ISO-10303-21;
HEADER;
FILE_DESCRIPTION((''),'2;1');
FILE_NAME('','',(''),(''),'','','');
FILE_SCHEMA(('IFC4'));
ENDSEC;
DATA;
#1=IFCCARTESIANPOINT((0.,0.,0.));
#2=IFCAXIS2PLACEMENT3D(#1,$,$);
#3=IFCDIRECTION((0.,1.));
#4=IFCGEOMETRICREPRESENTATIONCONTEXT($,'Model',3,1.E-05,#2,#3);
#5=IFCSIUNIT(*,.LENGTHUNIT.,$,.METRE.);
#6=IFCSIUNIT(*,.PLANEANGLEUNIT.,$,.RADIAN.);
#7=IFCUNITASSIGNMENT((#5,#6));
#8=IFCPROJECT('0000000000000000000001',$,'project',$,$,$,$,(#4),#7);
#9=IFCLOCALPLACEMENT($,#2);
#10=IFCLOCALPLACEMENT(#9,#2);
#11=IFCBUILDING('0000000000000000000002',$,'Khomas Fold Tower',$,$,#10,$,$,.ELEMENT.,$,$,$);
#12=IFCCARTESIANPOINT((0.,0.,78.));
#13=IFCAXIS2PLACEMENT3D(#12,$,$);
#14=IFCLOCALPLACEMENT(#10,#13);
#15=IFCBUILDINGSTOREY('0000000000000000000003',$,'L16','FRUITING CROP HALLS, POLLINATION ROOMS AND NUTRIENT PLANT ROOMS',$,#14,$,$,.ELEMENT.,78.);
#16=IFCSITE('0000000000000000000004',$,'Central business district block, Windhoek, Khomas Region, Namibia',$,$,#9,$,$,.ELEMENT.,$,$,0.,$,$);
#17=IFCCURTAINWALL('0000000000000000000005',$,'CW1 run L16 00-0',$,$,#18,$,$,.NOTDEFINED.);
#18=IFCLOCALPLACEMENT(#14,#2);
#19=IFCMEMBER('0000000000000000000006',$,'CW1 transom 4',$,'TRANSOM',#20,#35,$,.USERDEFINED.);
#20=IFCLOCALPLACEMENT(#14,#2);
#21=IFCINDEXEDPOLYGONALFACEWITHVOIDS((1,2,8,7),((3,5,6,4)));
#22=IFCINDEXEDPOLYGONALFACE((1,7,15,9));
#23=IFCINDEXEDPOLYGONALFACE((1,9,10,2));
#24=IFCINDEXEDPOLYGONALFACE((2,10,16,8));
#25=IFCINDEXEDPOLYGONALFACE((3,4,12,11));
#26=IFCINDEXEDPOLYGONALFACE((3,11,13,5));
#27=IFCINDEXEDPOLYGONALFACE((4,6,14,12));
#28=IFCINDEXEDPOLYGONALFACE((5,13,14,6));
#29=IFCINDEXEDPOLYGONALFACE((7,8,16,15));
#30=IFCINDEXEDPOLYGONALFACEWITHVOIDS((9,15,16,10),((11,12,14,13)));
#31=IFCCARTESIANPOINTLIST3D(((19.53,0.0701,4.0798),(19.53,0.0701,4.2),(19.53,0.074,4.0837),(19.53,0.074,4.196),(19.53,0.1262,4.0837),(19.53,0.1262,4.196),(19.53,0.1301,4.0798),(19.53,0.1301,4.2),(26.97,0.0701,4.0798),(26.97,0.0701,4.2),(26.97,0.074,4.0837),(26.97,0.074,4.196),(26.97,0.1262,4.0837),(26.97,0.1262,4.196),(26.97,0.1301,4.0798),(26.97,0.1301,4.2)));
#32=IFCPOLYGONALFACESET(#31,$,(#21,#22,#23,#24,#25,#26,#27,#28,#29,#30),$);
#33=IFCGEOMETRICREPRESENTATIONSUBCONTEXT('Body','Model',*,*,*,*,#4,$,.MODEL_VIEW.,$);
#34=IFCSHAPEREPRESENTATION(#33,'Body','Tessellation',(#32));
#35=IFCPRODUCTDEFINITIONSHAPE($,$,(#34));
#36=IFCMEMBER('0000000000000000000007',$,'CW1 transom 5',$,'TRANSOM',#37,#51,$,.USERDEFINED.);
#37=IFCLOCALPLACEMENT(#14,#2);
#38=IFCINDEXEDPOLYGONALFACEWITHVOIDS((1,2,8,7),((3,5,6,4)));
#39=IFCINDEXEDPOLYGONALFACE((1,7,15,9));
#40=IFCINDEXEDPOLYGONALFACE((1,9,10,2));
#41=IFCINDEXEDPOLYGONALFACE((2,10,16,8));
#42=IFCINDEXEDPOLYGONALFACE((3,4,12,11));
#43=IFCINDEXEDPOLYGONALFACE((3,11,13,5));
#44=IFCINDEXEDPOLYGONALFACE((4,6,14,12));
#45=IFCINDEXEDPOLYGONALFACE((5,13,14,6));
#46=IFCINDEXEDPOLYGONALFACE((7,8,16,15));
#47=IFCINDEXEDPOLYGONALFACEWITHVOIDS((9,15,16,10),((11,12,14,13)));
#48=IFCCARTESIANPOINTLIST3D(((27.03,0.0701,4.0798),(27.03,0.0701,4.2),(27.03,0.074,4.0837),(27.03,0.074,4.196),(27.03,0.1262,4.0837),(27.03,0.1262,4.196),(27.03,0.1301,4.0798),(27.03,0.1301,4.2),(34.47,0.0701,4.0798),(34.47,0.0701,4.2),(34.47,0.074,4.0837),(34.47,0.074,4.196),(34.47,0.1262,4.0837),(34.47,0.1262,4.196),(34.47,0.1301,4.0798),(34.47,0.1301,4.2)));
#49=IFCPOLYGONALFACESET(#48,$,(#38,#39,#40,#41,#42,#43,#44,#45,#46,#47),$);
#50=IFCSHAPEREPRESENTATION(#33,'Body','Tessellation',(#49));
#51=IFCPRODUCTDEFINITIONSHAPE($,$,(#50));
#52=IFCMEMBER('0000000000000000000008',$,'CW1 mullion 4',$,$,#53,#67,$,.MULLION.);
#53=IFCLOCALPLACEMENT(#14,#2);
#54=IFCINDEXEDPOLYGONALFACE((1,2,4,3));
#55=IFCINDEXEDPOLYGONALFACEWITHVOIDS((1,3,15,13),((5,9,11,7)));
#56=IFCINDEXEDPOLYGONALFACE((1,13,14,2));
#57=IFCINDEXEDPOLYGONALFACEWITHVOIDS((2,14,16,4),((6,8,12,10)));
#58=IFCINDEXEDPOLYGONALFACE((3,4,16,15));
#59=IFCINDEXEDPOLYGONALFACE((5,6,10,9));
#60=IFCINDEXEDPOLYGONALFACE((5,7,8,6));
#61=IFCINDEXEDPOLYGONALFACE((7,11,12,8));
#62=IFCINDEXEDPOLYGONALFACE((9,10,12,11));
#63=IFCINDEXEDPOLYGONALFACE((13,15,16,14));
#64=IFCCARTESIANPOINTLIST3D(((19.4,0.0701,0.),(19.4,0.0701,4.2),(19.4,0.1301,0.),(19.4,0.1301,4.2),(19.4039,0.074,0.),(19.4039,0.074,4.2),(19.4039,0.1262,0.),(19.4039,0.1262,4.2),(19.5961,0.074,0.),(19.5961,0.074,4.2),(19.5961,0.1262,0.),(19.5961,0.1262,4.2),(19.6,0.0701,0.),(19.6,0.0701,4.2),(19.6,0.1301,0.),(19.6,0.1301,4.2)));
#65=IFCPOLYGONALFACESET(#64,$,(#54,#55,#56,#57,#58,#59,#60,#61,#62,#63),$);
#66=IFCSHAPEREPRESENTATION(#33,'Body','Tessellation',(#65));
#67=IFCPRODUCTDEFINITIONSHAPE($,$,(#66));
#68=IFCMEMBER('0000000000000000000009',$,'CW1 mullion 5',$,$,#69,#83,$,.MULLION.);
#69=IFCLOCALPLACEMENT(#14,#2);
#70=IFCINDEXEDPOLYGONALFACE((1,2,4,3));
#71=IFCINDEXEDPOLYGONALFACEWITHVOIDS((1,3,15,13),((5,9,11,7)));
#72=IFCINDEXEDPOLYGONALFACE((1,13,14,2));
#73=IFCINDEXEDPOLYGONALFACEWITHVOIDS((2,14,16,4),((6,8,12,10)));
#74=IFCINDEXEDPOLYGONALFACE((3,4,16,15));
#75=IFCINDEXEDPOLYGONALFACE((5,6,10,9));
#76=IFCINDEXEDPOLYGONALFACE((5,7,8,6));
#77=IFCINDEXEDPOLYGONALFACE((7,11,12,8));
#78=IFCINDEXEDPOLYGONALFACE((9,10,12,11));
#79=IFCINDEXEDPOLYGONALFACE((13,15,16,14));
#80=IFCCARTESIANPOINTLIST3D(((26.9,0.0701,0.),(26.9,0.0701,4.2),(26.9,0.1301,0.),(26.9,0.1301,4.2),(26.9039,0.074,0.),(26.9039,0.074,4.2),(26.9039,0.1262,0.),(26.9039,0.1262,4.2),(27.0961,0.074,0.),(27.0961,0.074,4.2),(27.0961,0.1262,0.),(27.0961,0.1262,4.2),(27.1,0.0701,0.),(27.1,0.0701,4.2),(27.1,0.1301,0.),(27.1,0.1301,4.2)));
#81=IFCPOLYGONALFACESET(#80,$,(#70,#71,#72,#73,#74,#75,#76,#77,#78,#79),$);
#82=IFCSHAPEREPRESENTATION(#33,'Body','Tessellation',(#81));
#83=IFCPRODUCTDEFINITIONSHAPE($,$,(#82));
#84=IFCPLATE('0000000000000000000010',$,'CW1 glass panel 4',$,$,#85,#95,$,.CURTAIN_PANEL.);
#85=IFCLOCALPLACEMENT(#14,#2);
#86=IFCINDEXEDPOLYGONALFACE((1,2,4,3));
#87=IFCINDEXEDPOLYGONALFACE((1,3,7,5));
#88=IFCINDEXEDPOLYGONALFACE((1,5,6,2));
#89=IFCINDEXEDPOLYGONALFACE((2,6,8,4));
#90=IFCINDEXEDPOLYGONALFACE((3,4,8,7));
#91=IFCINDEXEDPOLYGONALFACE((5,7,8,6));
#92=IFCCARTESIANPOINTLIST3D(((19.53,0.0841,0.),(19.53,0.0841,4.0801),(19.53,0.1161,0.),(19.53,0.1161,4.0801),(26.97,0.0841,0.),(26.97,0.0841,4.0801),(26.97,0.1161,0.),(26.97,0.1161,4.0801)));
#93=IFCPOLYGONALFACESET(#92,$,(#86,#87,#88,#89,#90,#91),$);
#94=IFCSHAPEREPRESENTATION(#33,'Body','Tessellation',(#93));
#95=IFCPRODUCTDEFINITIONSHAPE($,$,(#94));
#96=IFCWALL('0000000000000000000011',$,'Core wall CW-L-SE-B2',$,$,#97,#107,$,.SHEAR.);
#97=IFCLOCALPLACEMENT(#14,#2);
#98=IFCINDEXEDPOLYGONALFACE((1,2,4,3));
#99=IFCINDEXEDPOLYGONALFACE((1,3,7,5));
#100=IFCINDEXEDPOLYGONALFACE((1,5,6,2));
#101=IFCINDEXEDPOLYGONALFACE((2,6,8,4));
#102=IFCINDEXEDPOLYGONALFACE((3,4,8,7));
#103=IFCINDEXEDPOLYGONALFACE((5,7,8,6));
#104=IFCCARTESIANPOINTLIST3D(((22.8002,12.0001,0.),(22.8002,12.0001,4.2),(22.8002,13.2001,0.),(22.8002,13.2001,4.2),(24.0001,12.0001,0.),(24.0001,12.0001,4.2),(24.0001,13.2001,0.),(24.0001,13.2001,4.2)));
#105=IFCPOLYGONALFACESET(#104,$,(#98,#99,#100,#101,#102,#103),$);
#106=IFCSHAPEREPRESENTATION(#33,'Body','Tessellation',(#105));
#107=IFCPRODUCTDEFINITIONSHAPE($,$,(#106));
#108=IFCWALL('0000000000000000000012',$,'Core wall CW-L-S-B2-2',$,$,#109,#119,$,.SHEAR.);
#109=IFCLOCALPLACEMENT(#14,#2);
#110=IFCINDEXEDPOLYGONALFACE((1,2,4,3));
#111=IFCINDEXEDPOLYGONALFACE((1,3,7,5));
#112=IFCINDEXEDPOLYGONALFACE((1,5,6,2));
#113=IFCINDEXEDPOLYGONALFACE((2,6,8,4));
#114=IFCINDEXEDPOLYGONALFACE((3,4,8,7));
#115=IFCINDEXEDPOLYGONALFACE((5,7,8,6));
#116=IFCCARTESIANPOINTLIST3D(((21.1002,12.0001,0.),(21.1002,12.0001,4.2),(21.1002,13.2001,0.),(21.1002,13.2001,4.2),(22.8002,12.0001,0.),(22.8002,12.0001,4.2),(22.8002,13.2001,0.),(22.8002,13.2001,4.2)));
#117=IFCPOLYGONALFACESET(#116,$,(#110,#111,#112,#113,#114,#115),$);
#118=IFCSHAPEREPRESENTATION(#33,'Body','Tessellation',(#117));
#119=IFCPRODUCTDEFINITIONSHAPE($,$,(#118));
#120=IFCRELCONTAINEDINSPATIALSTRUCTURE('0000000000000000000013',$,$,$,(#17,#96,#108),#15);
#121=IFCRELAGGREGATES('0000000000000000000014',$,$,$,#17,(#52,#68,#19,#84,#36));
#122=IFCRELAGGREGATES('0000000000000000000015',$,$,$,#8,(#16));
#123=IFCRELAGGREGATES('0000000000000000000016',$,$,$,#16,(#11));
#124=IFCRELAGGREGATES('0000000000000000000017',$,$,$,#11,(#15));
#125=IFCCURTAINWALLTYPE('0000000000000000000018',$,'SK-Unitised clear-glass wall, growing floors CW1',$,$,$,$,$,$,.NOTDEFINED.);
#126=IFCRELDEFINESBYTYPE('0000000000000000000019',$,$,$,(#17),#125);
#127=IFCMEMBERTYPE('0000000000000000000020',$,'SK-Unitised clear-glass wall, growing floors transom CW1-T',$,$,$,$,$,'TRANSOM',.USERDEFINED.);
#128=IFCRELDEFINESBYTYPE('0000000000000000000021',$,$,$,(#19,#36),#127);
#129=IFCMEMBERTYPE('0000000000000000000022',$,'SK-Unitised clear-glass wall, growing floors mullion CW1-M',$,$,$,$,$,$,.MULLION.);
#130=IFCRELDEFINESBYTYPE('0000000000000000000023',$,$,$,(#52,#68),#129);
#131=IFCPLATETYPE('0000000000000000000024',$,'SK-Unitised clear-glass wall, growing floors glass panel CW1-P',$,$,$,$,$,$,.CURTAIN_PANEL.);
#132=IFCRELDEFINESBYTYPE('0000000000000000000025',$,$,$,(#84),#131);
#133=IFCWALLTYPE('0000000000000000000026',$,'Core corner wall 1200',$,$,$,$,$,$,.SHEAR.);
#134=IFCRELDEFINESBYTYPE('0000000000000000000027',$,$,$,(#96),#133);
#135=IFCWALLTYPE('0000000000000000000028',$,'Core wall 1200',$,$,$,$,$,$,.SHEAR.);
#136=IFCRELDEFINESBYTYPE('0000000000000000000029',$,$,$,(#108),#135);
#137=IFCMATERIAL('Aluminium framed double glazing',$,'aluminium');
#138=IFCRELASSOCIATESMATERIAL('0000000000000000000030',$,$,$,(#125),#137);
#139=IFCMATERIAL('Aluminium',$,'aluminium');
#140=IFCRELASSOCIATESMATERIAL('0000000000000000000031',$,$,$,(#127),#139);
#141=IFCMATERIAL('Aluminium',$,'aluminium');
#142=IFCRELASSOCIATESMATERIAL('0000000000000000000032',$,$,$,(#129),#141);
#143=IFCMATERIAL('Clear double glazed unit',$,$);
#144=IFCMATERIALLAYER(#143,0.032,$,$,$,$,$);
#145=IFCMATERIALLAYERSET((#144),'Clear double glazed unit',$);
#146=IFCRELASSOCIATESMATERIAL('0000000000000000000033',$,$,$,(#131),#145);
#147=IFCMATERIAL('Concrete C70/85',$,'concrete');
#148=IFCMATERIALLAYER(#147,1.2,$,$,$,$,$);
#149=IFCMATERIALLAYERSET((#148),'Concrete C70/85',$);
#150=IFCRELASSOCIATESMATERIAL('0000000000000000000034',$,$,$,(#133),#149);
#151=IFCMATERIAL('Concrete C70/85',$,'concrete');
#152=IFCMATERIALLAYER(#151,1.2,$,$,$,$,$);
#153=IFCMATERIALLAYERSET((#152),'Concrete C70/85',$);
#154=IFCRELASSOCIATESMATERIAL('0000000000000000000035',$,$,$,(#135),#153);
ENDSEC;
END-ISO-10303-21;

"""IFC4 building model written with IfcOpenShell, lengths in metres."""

from ifc_helpers import new_model, si_unit, direction, frame, frame_2d, origin, origin_2d, place, context, subcontext, project, spatial, rectangle, hollow_rectangle, extrude, source, transform, mapped, material, layer, layer_set, material_profile, profile_set, type_object, element, aggregate, save


model = new_model("IFC4")

# Units and contexts
model_context = context("Model", 3, precision=1e-05, world=origin(), true_north=direction((0.0, 1.0)))
body_context = subcontext(model_context, "Body", "Model", "MODEL_VIEW")
ifc_project = project(units=[si_unit("LENGTHUNIT", "METRE"), si_unit("PLANEANGLEUNIT", "RADIAN")], contexts=[model_context])

# Site, building, storey
site_placement = place(None, origin())
site = spatial("IfcSite", under=ifc_project, at=site_placement, Name="Central business district block, Windhoek, Khomas Region, Namibia", CompositionType="ELEMENT", RefElevation=0.0)
building_placement = place(site_placement, origin())
building = spatial("IfcBuilding", under=site, at=building_placement, Name="Khomas Fold Tower", CompositionType="ELEMENT")
storey_placement = place(building_placement, frame((0.0, 0.0, 78.0)))
storey = spatial("IfcBuildingStorey", under=building, at=storey_placement, Name="L16", Description="FRUITING CROP HALLS, POLLINATION ROOMS AND NUTRIENT PLANT ROOMS", CompositionType="ELEMENT", Elevation=78.0)

# Curtain wall, members, plate
ifc_material_1 = material(Name="Aluminium framed double glazing", Category="aluminium")
curtain_wall_type = type_object("IfcCurtainWallType", Name="SK-Unitised clear-glass wall, growing floors CW1", PredefinedType="NOTDEFINED", material=ifc_material_1)
curtain_wall_placement = place(storey_placement, origin())
curtain_wall = element("IfcCurtainWall", 1, at=curtain_wall_placement, inside=storey, type_object=curtain_wall_type, Name="CW1 run L16 00-0", PredefinedType="NOTDEFINED")
ifc_material_2 = material(Name="Aluminium", Category="aluminium")
ifc_material_profile_1 = material_profile(ifc_material_2, hollow_rectangle(XDim=0.0601, YDim=0.1201, WallThickness=0.0039, at=origin_2d()), Name="SK-Unitised clear-glass wall, growing floors transom CW1-T")
ifc_profile_set_1 = profile_set([ifc_material_profile_1], Name="Aluminium")
member_type_1 = type_object("IfcMemberType", Name="SK-Unitised clear-glass wall, growing floors transom CW1-T", ElementType="TRANSOM", PredefinedType="USERDEFINED", material=ifc_profile_set_1)
shared_shape_1 = source(origin(), body_context, "Body", "SweptSolid", [
    extrude(hollow_rectangle(XDim=0.0601, YDim=0.1201, WallThickness=0.0039, at=origin_2d()), origin(), (0.0, 0.0, 1.0), 7.4399),
])
member_1_placement = place(storey_placement, frame((19.53, 0.1001, 4.1399), z_axis=(1.0, 0.0, 0.0), x_axis=(0.0, 1.0, 0.0)))
member_1 = element("IfcMember", 2, at=member_1_placement, type_object=member_type_1, Name="CW1 transom 4", ObjectType="TRANSOM", PredefinedType="USERDEFINED", context=body_context, shape_type="MappedRepresentation", body=[
    mapped(shared_shape_1, transform((0.0, 0.0, 0.0))),
])
member_2_placement = place(storey_placement, frame((27.03, 0.1001, 4.1399), z_axis=(1.0, 0.0, 0.0), x_axis=(0.0, 1.0, 0.0)))
member_2 = element("IfcMember", 3, at=member_2_placement, type_object=member_type_1, Name="CW1 transom 5", ObjectType="TRANSOM", PredefinedType="USERDEFINED", context=body_context, shape_type="MappedRepresentation", body=[
    mapped(shared_shape_1, transform((0.0, 0.0, 0.0))),
])
ifc_material_3 = material(Name="Aluminium", Category="aluminium")
ifc_material_profile_2 = material_profile(ifc_material_3, hollow_rectangle(XDim=0.0601, YDim=0.2, WallThickness=0.0039, at=origin_2d()), Name="SK-Unitised clear-glass wall, growing floors mullion CW1-M")
ifc_profile_set_2 = profile_set([ifc_material_profile_2], Name="Aluminium")
member_type_2 = type_object("IfcMemberType", Name="SK-Unitised clear-glass wall, growing floors mullion CW1-M", PredefinedType="MULLION", material=ifc_profile_set_2)
shared_shape_2 = source(origin(), body_context, "Body", "SweptSolid", [
    extrude(hollow_rectangle(XDim=0.0601, YDim=0.2, WallThickness=0.0039, at=origin_2d()), origin(), (0.0, 0.0, 1.0), 4.2),
])
member_3_placement = place(storey_placement, frame((19.5, 0.1001, 0.0), z_axis=(0.0, 0.0, 1.0), x_axis=(0.0, 1.0, 0.0)))
member_3 = element("IfcMember", 4, at=member_3_placement, type_object=member_type_2, Name="CW1 mullion 4", PredefinedType="MULLION", context=body_context, shape_type="MappedRepresentation", body=[
    mapped(shared_shape_2, transform((0.0, 0.0, 0.0))),
])
member_4_placement = place(storey_placement, frame((27.0, 0.1001, 0.0), z_axis=(0.0, 0.0, 1.0), x_axis=(0.0, 1.0, 0.0)))
member_4 = element("IfcMember", 5, at=member_4_placement, type_object=member_type_2, Name="CW1 mullion 5", PredefinedType="MULLION", context=body_context, shape_type="MappedRepresentation", body=[
    mapped(shared_shape_2, transform((0.0, 0.0, 0.0))),
])
ifc_material_4 = material(Name="Clear double glazed unit")
ifc_layer_1 = layer(ifc_material_4, 0.032)
ifc_layer_set_1 = layer_set([ifc_layer_1], Name="Clear double glazed unit")
plate_type = type_object("IfcPlateType", Name="SK-Unitised clear-glass wall, growing floors glass panel CW1-P", PredefinedType="CURTAIN_PANEL", material=ifc_layer_set_1)
shared_shape_3 = source(origin(), body_context, "Body", "SweptSolid", [
    extrude(rectangle(XDim=7.4399, YDim=0.032, at=origin_2d()), origin(), (0.0, 0.0, 1.0), 4.0801),
])
plate_placement = place(storey_placement, frame((23.25, 0.1001, 0.0), z_axis=(0.0, 0.0, 1.0), x_axis=(1.0, 0.0, 0.0)))
plate = element("IfcPlate", 6, at=plate_placement, type_object=plate_type, Name="CW1 glass panel 4", PredefinedType="CURTAIN_PANEL", context=body_context, shape_type="MappedRepresentation", body=[
    mapped(shared_shape_3, transform((0.0, 0.0, 0.0))),
])
aggregate(curtain_wall, [member_3, member_4, member_1, plate, member_2])

# Walls
ifc_material_5 = material(Name="Concrete C70/85", Category="concrete")
ifc_layer_2 = layer(ifc_material_5, 1.2)
ifc_layer_set_2 = layer_set([ifc_layer_2], Name="Concrete C70/85")
wall_type_1 = type_object("IfcWallType", Name="Core corner wall 1200", PredefinedType="SHEAR", material=ifc_layer_set_2)
shared_shape_4 = source(origin(), body_context, "Body", "SweptSolid", [
    extrude(rectangle(XDim=1.2, YDim=1.2, at=frame_2d((0.6001, 0.0))), origin(), (0.0, 0.0, 1.0), 4.2),
])
wall_1_placement = place(storey_placement, frame((22.8, 12.6001, 0.0), z_axis=(0.0, 0.0, 1.0), x_axis=(1.0, 0.0, 0.0)))
element("IfcWall", 7, at=wall_1_placement, inside=storey, type_object=wall_type_1, Name="Core wall CW-L-SE-B2", PredefinedType="SHEAR", context=body_context, shape_type="MappedRepresentation", body=[
    mapped(shared_shape_4, transform((0.0, 0.0, 0.0))),
])
ifc_material_6 = material(Name="Concrete C70/85", Category="concrete")
ifc_layer_3 = layer(ifc_material_6, 1.2)
ifc_layer_set_3 = layer_set([ifc_layer_3], Name="Concrete C70/85")
wall_type_2 = type_object("IfcWallType", Name="Core wall 1200", PredefinedType="SHEAR", material=ifc_layer_set_3)
shared_shape_5 = source(origin(), body_context, "Body", "SweptSolid", [
    extrude(rectangle(XDim=1.7, YDim=1.2, at=frame_2d((0.8501, 0.0))), origin(), (0.0, 0.0, 1.0), 4.2),
])
wall_2_placement = place(storey_placement, frame((21.1001, 12.6001, 0.0), z_axis=(0.0, 0.0, 1.0), x_axis=(1.0, 0.0, 0.0)))
element("IfcWall", 8, at=wall_2_placement, inside=storey, type_object=wall_type_2, Name="Core wall CW-L-S-B2-2", PredefinedType="SHEAR", context=body_context, shape_type="MappedRepresentation", body=[
    mapped(shared_shape_5, transform((0.0, 0.0, 0.0))),
])

save(model, "model.ifc")
